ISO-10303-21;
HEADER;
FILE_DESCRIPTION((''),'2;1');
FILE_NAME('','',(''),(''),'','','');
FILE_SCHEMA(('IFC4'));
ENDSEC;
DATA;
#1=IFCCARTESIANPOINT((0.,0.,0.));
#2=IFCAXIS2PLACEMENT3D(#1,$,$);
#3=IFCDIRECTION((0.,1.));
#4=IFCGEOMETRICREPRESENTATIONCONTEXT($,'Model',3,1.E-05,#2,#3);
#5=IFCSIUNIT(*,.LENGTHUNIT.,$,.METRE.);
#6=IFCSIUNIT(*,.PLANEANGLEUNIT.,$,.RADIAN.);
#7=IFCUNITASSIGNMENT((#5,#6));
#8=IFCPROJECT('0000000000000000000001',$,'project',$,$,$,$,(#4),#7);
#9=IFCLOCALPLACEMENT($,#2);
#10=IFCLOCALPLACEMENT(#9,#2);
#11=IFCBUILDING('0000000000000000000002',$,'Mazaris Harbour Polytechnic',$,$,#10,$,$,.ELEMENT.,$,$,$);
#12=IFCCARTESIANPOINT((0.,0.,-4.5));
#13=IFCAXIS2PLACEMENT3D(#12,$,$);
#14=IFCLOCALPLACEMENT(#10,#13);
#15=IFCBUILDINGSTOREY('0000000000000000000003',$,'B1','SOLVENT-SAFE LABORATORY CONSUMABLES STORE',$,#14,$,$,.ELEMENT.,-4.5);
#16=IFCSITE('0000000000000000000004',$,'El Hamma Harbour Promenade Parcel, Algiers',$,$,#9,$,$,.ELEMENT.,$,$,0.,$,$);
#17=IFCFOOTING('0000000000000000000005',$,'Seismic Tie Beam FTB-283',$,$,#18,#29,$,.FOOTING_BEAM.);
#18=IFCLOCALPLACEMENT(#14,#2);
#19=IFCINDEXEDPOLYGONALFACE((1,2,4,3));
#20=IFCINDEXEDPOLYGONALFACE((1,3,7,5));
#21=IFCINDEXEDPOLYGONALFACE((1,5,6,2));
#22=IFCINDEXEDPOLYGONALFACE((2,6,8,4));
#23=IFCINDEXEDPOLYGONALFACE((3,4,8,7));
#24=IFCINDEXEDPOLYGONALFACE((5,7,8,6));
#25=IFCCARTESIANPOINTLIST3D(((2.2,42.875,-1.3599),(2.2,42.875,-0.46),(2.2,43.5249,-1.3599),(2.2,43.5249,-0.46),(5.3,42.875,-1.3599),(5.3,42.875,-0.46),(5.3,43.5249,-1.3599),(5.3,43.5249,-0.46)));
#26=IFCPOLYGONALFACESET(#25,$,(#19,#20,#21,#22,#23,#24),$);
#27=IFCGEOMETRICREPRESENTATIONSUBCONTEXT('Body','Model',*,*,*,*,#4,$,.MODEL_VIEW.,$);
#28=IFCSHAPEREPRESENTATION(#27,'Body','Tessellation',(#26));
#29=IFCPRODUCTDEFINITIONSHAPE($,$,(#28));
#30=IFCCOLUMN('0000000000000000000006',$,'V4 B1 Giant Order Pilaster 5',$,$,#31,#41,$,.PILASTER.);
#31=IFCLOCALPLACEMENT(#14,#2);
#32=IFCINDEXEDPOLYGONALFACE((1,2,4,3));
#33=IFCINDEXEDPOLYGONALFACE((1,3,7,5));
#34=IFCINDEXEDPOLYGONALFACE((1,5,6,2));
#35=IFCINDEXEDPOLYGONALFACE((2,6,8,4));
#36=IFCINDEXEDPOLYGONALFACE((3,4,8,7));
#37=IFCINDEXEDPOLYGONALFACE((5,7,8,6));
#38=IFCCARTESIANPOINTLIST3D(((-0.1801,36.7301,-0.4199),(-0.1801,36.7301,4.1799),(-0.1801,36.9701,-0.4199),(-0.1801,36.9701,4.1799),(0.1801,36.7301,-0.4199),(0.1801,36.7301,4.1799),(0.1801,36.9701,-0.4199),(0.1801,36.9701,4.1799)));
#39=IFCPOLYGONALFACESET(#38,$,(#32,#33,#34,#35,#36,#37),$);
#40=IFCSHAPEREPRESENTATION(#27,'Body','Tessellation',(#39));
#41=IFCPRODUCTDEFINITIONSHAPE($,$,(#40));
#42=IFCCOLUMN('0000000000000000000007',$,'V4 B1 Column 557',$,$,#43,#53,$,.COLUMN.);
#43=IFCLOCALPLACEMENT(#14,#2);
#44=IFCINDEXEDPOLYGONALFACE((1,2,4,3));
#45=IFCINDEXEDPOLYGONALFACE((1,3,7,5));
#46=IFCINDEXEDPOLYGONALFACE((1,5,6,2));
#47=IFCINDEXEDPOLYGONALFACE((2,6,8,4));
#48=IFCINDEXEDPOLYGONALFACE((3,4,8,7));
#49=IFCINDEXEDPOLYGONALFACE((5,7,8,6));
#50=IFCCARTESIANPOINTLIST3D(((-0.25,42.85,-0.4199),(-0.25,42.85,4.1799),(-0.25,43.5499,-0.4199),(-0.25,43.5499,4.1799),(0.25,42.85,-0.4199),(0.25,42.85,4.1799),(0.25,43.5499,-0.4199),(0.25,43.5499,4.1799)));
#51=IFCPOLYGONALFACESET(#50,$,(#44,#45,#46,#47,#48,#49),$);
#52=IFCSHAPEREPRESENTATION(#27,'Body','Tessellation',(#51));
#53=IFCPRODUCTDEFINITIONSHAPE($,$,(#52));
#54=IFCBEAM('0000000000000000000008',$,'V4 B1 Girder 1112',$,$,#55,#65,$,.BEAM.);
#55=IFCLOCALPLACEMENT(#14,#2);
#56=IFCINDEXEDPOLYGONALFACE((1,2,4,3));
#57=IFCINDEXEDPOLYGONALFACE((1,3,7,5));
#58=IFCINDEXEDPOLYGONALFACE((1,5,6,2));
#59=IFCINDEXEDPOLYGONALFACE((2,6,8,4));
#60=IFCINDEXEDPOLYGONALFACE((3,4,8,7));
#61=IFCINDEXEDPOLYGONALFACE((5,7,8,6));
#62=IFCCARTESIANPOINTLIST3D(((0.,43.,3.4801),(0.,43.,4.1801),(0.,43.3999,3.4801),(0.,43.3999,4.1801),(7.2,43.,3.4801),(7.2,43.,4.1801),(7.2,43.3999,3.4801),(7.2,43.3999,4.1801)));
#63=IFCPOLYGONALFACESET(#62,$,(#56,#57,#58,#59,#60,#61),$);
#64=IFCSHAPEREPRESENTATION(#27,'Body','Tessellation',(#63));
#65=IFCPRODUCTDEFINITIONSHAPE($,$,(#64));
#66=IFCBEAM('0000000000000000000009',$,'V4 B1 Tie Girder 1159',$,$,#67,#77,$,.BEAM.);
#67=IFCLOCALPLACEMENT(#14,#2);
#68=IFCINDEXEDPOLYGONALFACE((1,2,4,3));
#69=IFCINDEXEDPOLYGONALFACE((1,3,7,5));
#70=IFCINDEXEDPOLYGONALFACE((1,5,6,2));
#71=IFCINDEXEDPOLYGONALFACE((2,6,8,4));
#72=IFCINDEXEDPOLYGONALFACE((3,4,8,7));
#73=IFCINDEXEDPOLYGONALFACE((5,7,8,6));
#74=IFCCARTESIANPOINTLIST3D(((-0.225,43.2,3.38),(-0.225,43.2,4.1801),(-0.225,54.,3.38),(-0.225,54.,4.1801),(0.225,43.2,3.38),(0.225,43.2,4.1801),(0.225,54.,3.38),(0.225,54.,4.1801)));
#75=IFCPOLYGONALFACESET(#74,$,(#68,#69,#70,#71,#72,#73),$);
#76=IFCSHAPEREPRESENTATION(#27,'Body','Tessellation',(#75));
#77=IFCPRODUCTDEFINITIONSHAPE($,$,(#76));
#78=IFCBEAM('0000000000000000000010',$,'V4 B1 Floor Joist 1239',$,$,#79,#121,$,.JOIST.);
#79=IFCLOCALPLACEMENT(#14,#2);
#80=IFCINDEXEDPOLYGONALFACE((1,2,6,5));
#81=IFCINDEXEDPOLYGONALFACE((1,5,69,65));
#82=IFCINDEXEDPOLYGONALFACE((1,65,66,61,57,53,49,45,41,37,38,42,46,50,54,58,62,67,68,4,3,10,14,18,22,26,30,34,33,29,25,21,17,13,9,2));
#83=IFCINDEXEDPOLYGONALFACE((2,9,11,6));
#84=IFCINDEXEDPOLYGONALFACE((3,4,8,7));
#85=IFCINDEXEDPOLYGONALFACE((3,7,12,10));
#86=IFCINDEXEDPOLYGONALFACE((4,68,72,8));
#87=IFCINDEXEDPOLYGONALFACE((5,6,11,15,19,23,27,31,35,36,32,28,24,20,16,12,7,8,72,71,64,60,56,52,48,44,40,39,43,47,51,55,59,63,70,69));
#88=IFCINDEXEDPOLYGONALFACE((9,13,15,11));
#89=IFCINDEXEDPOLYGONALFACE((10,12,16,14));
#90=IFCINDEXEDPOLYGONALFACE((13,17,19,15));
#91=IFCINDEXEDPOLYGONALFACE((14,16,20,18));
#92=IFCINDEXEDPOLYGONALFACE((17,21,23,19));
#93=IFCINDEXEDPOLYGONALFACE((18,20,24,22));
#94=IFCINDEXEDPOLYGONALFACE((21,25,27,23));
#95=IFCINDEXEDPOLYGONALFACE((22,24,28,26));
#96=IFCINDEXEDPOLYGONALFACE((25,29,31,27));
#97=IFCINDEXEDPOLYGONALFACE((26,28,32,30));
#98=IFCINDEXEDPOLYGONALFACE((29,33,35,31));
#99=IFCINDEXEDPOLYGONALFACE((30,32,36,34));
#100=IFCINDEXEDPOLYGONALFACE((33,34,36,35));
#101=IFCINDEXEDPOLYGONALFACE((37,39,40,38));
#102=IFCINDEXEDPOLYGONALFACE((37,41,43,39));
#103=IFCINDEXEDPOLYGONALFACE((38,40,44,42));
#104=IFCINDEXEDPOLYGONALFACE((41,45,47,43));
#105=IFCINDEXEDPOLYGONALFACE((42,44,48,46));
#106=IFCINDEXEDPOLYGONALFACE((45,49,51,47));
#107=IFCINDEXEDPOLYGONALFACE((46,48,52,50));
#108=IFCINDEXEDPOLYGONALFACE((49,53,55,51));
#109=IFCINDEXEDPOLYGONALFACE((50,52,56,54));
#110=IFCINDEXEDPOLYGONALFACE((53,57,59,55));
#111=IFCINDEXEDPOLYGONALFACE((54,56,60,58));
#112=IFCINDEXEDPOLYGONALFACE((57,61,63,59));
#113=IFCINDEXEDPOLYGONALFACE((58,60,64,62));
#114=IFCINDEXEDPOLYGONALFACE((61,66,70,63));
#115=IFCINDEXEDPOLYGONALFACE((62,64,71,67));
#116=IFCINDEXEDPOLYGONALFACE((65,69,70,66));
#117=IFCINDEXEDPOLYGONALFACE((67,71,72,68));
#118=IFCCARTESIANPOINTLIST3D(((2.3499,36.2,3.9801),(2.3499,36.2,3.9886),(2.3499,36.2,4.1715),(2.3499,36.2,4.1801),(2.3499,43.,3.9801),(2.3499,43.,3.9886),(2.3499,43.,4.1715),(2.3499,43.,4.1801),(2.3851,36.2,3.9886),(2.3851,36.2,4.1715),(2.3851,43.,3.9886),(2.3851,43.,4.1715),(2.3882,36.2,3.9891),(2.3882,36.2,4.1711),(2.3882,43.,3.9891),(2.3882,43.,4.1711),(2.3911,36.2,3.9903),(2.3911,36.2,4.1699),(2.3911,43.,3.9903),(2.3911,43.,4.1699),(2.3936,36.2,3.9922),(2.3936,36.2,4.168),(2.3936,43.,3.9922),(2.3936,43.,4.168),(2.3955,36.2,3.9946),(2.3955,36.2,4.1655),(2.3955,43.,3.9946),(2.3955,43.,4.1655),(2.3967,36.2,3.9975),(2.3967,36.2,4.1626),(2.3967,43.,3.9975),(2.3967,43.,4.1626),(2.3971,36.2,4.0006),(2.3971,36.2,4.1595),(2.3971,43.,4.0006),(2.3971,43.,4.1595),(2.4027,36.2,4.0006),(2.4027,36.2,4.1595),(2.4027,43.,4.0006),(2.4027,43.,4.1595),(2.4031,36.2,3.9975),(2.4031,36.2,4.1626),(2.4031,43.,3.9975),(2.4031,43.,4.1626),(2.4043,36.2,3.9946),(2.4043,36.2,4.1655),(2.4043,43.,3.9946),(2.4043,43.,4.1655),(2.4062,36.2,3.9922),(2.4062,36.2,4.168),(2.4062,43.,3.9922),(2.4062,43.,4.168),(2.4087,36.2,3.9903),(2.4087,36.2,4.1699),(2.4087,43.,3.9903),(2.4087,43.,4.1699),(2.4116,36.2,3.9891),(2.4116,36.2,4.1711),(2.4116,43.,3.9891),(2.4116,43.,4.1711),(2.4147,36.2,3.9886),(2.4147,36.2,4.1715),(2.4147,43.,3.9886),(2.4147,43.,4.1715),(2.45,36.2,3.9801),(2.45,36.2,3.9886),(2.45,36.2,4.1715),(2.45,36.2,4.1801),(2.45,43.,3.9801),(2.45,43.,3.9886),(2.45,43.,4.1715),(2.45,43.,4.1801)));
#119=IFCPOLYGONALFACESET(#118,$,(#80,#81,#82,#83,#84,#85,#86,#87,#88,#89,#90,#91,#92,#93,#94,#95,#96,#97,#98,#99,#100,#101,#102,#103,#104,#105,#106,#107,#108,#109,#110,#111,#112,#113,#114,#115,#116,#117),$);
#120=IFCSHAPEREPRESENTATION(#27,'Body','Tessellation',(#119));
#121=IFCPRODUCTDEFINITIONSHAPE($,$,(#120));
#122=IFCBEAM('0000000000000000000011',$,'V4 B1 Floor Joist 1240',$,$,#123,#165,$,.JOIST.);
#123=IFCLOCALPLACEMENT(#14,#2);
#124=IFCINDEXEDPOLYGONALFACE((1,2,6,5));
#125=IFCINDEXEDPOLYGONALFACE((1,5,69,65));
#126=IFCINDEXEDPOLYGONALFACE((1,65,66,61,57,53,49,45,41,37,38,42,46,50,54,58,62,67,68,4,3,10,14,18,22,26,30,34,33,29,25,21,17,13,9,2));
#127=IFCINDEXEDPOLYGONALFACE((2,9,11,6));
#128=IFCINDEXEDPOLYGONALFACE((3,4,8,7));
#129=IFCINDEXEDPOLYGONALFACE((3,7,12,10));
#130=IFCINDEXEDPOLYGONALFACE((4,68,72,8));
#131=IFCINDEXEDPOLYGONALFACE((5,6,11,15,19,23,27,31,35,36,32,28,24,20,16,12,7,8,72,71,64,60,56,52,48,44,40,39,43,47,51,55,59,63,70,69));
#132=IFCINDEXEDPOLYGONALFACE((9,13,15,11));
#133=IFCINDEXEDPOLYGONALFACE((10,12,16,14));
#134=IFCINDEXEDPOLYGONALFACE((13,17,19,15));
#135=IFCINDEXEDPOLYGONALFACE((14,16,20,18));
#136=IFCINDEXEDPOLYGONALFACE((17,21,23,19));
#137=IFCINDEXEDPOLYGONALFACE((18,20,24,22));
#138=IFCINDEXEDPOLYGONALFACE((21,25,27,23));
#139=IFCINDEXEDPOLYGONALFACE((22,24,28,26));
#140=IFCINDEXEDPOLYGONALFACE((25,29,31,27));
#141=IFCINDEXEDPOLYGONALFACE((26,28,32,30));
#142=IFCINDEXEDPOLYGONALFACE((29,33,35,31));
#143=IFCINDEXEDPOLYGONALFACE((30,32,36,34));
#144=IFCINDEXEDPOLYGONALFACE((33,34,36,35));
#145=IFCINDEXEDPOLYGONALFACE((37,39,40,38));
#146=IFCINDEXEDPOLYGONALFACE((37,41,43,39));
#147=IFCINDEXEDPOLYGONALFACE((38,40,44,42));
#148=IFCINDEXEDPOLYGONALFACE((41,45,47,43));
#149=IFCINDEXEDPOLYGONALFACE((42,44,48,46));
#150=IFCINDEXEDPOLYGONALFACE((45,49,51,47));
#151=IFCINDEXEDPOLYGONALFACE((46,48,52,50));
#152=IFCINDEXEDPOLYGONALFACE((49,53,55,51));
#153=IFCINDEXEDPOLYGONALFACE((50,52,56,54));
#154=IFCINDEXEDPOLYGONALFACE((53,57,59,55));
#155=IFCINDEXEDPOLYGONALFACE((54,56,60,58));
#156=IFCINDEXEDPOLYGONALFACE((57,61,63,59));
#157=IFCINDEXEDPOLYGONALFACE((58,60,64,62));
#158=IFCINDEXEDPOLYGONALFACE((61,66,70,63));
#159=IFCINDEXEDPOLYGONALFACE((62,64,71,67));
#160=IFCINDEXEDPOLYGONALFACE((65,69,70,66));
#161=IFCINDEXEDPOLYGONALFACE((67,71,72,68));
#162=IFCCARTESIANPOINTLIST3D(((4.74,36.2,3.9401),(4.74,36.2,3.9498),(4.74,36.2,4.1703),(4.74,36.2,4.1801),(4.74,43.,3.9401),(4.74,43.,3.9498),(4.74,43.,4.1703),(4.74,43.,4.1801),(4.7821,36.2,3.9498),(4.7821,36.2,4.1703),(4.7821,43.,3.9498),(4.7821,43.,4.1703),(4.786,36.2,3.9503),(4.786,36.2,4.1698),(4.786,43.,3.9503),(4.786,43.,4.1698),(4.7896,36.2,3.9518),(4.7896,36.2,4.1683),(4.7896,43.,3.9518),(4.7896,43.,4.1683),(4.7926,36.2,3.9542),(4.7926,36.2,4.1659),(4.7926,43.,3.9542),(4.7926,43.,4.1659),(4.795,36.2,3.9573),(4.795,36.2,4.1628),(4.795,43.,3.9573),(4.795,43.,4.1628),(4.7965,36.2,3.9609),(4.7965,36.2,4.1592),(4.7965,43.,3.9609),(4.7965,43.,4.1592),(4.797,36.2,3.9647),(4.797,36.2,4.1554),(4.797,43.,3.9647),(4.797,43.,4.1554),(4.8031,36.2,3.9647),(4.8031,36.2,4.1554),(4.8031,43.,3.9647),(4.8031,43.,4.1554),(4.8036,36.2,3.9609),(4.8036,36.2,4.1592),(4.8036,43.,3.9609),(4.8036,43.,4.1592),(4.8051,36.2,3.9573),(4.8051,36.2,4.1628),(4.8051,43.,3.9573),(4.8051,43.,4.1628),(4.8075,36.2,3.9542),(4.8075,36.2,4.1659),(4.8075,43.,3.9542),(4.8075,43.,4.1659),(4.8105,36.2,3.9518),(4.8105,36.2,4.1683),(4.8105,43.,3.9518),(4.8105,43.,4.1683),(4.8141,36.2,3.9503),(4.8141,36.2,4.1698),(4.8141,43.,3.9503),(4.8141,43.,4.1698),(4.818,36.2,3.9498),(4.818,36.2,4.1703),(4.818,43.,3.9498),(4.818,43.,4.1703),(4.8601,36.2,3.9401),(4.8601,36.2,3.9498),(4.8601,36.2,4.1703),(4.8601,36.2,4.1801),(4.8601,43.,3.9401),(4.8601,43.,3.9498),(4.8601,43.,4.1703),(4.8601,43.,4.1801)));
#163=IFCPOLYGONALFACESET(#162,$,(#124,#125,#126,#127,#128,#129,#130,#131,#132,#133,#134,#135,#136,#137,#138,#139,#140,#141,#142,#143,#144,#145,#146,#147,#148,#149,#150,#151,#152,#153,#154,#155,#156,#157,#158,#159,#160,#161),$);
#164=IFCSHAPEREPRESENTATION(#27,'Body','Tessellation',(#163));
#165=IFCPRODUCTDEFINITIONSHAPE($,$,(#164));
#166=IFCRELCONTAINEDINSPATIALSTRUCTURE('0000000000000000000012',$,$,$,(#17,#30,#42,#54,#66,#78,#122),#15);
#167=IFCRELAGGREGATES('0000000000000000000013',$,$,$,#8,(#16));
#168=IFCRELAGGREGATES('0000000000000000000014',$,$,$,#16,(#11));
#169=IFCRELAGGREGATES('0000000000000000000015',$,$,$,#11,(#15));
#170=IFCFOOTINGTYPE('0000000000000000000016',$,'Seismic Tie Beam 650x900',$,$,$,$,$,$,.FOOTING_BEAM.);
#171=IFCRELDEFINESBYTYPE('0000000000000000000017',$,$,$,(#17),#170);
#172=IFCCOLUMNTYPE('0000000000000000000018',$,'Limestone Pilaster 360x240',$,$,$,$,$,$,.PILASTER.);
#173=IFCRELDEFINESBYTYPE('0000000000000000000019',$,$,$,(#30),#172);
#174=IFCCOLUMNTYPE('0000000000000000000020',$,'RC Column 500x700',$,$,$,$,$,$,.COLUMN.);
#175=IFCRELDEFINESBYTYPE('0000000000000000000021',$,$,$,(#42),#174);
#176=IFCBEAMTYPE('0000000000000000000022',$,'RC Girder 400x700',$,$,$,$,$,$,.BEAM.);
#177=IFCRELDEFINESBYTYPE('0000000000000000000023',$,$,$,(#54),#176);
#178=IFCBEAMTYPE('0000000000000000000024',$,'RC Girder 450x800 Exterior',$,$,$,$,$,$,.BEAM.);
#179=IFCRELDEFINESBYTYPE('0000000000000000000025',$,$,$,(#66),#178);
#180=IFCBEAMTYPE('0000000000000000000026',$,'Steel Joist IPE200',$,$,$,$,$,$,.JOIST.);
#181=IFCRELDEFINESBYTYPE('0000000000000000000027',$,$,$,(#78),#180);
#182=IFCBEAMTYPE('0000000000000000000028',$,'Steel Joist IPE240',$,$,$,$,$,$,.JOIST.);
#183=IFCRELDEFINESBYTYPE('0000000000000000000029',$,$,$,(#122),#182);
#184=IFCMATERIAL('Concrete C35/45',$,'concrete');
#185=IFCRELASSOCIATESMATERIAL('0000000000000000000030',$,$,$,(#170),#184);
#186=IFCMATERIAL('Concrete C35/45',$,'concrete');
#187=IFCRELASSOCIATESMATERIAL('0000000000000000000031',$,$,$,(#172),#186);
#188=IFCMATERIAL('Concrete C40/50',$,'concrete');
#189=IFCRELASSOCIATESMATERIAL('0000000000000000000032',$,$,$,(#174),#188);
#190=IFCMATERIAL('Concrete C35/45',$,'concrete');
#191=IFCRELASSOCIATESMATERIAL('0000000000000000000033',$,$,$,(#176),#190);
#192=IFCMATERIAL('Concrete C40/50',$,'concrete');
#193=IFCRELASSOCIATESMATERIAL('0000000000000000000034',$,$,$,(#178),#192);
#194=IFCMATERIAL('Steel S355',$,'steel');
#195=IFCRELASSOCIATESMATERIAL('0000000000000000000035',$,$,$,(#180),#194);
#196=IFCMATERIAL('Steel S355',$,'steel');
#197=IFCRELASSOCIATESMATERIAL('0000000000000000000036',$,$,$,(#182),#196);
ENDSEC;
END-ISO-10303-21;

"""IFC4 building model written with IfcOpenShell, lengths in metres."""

from ifc_helpers import new_model, si_unit, direction, frame, origin, origin_2d, place, context, subcontext, project, spatial, rectangle, i_section, extrude, material, material_profile, profile_set, type_object, element, save


model = new_model("IFC4")

# Units and contexts
model_context = context("Model", 3, precision=1e-05, world=origin(), true_north=direction((0.0, 1.0)))
body_context = subcontext(model_context, "Body", "Model", "MODEL_VIEW")
ifc_project = project(units=[si_unit("LENGTHUNIT", "METRE"), si_unit("PLANEANGLEUNIT", "RADIAN")], contexts=[model_context])

# Site, building, storey
site_placement = place(None, origin())
site = spatial("IfcSite", under=ifc_project, at=site_placement, Name="El Hamma Harbour Promenade Parcel, Algiers", CompositionType="ELEMENT", RefElevation=0.0)
building_placement = place(site_placement, origin())
building = spatial("IfcBuilding", under=site, at=building_placement, Name="Mazaris Harbour Polytechnic", CompositionType="ELEMENT")
storey_placement = place(building_placement, frame((0.0, 0.0, -4.5)))
storey = spatial("IfcBuildingStorey", under=building, at=storey_placement, Name="B1", Description="SOLVENT-SAFE LABORATORY CONSUMABLES STORE", CompositionType="ELEMENT", Elevation=-4.5)

# Footing
ifc_material_1 = material(Name="Concrete C35/45", Category="concrete")
ifc_material_profile_1 = material_profile(ifc_material_1, rectangle(XDim=0.6499, YDim=0.8999, at=origin_2d()), Name="RECT650x900")
ifc_profile_set_1 = profile_set([ifc_material_profile_1], Name="Concrete C35/45")
footing_type_1 = type_object("IfcFootingType", Name="Seismic Tie Beam 650x900", PredefinedType="FOOTING_BEAM", material=ifc_profile_set_1)
footing_1_placement = place(storey_placement, frame((2.2, 43.2, -0.9099), z_axis=(1.0, 0.0, 0.0), x_axis=(0.0, 1.0, 0.0)))
element("IfcFooting", 1, at=footing_1_placement, inside=storey, type_object=footing_type_1, Name="Seismic Tie Beam FTB-283", PredefinedType="FOOTING_BEAM", context=body_context, shape_type="SweptSolid", body=[
    extrude(rectangle(XDim=0.6499, YDim=0.8999, at=origin_2d()), origin(), (0.0, 0.0, 1.0), 3.1001),
])

# Columns
ifc_material_2 = material(Name="Concrete C35/45", Category="concrete")
ifc_material_profile_2 = material_profile(ifc_material_2, rectangle(XDim=0.3601, YDim=0.24, at=origin_2d()), Name="RECT360x240")
ifc_profile_set_2 = profile_set([ifc_material_profile_2], Name="Concrete C35/45")
column_type_1 = type_object("IfcColumnType", Name="Limestone Pilaster 360x240", PredefinedType="PILASTER", material=ifc_profile_set_2)
column_1_placement = place(storey_placement, frame((0.0, 36.8501, -0.4199), z_axis=(0.0, 0.0, 1.0), x_axis=(1.0, 0.0, 0.0)))
element("IfcColumn", 2, at=column_1_placement, inside=storey, type_object=column_type_1, Name="V4 B1 Giant Order Pilaster 5", PredefinedType="PILASTER", context=body_context, shape_type="SweptSolid", body=[
    extrude(rectangle(XDim=0.3601, YDim=0.24, at=origin_2d()), origin(), (0.0, 0.0, 1.0), 4.5999),
])
ifc_material_3 = material(Name="Concrete C40/50", Category="concrete")
ifc_material_profile_3 = material_profile(ifc_material_3, rectangle(XDim=0.5, YDim=0.7, at=origin_2d()), Name="RECT500x700")
ifc_profile_set_3 = profile_set([ifc_material_profile_3], Name="Concrete C40/50")
column_type_2 = type_object("IfcColumnType", Name="RC Column 500x700", PredefinedType="COLUMN", material=ifc_profile_set_3)
column_2_placement = place(storey_placement, frame((0.0, 43.2, -0.4199), z_axis=(0.0, 0.0, 1.0), x_axis=(1.0, 0.0, 0.0)))
element("IfcColumn", 3, at=column_2_placement, inside=storey, type_object=column_type_2, Name="V4 B1 Column 557", PredefinedType="COLUMN", context=body_context, shape_type="SweptSolid", body=[
    extrude(rectangle(XDim=0.5, YDim=0.7, at=origin_2d()), origin(), (0.0, 0.0, 1.0), 4.5999),
])

# Beams
ifc_material_4 = material(Name="Concrete C35/45", Category="concrete")
ifc_material_profile_4 = material_profile(ifc_material_4, rectangle(XDim=0.3999, YDim=0.7, at=origin_2d()), Name="RECT400x700")
ifc_profile_set_4 = profile_set([ifc_material_profile_4], Name="Concrete C35/45")
beam_type_1 = type_object("IfcBeamType", Name="RC Girder 400x700", PredefinedType="BEAM", material=ifc_profile_set_4)
beam_1_placement = place(storey_placement, frame((0.0, 43.2, 3.8301), z_axis=(1.0, 0.0, 0.0), x_axis=(0.0, 1.0, 0.0)))
element("IfcBeam", 4, at=beam_1_placement, inside=storey, type_object=beam_type_1, Name="V4 B1 Girder 1112", PredefinedType="BEAM", context=body_context, shape_type="SweptSolid", body=[
    extrude(rectangle(XDim=0.3999, YDim=0.7, at=origin_2d()), origin(), (0.0, 0.0, 1.0), 7.2),
])
ifc_material_5 = material(Name="Concrete C40/50", Category="concrete")
ifc_material_profile_5 = material_profile(ifc_material_5, rectangle(XDim=0.45, YDim=0.8, at=origin_2d()), Name="RECT450x800")
ifc_profile_set_5 = profile_set([ifc_material_profile_5], Name="Concrete C40/50")
beam_type_2 = type_object("IfcBeamType", Name="RC Girder 450x800 Exterior", PredefinedType="BEAM", material=ifc_profile_set_5)
beam_2_placement = place(storey_placement, frame((0.0, 43.2, 3.78), z_axis=(0.0, 1.0, 0.0), x_axis=(-1.0, 0.0, 0.0)))
element("IfcBeam", 5, at=beam_2_placement, inside=storey, type_object=beam_type_2, Name="V4 B1 Tie Girder 1159", PredefinedType="BEAM", context=body_context, shape_type="SweptSolid", body=[
    extrude(rectangle(XDim=0.45, YDim=0.8, at=origin_2d()), origin(), (0.0, 0.0, 1.0), 10.8),
])
ifc_material_6 = material(Name="Steel S355", Category="steel")
ifc_material_profile_6 = material_profile(ifc_material_6, i_section(OverallWidth=0.1001, OverallDepth=0.2, WebThickness=0.0056, FlangeThickness=0.0085, FilletRadius=0.012, at=origin_2d()), Name="IPE 200")
ifc_profile_set_6 = profile_set([ifc_material_profile_6], Name="Steel S355")
beam_type_3 = type_object("IfcBeamType", Name="Steel Joist IPE200", PredefinedType="JOIST", material=ifc_profile_set_6)
beam_3_placement = place(storey_placement, frame((2.3999, 36.2, 4.0801), z_axis=(0.0, 1.0, 0.0), x_axis=(-1.0, 0.0, 0.0)))
element("IfcBeam", 6, at=beam_3_placement, inside=storey, type_object=beam_type_3, Name="V4 B1 Floor Joist 1239", PredefinedType="JOIST", context=body_context, shape_type="SweptSolid", body=[
    extrude(i_section(OverallWidth=0.1001, OverallDepth=0.2, WebThickness=0.0056, FlangeThickness=0.0085, FilletRadius=0.012, at=origin_2d()), origin(), (0.0, 0.0, 1.0), 6.8),
])
ifc_material_7 = material(Name="Steel S355", Category="steel")
ifc_material_profile_7 = material_profile(ifc_material_7, i_section(OverallWidth=0.1201, OverallDepth=0.24, WebThickness=0.0061, FlangeThickness=0.0098, FilletRadius=0.0149, at=origin_2d()), Name="IPE 240")
ifc_profile_set_7 = profile_set([ifc_material_profile_7], Name="Steel S355")
beam_type_4 = type_object("IfcBeamType", Name="Steel Joist IPE240", PredefinedType="JOIST", material=ifc_profile_set_7)
beam_4_placement = place(storey_placement, frame((4.8, 36.2, 4.0601), z_axis=(0.0, 1.0, 0.0), x_axis=(-1.0, 0.0, 0.0)))
element("IfcBeam", 7, at=beam_4_placement, inside=storey, type_object=beam_type_4, Name="V4 B1 Floor Joist 1240", PredefinedType="JOIST", context=body_context, shape_type="SweptSolid", body=[
    extrude(i_section(OverallWidth=0.1201, OverallDepth=0.24, WebThickness=0.0061, FlangeThickness=0.0098, FilletRadius=0.0149, at=origin_2d()), origin(), (0.0, 0.0, 1.0), 6.8),
])

save(model, "model.ifc")
